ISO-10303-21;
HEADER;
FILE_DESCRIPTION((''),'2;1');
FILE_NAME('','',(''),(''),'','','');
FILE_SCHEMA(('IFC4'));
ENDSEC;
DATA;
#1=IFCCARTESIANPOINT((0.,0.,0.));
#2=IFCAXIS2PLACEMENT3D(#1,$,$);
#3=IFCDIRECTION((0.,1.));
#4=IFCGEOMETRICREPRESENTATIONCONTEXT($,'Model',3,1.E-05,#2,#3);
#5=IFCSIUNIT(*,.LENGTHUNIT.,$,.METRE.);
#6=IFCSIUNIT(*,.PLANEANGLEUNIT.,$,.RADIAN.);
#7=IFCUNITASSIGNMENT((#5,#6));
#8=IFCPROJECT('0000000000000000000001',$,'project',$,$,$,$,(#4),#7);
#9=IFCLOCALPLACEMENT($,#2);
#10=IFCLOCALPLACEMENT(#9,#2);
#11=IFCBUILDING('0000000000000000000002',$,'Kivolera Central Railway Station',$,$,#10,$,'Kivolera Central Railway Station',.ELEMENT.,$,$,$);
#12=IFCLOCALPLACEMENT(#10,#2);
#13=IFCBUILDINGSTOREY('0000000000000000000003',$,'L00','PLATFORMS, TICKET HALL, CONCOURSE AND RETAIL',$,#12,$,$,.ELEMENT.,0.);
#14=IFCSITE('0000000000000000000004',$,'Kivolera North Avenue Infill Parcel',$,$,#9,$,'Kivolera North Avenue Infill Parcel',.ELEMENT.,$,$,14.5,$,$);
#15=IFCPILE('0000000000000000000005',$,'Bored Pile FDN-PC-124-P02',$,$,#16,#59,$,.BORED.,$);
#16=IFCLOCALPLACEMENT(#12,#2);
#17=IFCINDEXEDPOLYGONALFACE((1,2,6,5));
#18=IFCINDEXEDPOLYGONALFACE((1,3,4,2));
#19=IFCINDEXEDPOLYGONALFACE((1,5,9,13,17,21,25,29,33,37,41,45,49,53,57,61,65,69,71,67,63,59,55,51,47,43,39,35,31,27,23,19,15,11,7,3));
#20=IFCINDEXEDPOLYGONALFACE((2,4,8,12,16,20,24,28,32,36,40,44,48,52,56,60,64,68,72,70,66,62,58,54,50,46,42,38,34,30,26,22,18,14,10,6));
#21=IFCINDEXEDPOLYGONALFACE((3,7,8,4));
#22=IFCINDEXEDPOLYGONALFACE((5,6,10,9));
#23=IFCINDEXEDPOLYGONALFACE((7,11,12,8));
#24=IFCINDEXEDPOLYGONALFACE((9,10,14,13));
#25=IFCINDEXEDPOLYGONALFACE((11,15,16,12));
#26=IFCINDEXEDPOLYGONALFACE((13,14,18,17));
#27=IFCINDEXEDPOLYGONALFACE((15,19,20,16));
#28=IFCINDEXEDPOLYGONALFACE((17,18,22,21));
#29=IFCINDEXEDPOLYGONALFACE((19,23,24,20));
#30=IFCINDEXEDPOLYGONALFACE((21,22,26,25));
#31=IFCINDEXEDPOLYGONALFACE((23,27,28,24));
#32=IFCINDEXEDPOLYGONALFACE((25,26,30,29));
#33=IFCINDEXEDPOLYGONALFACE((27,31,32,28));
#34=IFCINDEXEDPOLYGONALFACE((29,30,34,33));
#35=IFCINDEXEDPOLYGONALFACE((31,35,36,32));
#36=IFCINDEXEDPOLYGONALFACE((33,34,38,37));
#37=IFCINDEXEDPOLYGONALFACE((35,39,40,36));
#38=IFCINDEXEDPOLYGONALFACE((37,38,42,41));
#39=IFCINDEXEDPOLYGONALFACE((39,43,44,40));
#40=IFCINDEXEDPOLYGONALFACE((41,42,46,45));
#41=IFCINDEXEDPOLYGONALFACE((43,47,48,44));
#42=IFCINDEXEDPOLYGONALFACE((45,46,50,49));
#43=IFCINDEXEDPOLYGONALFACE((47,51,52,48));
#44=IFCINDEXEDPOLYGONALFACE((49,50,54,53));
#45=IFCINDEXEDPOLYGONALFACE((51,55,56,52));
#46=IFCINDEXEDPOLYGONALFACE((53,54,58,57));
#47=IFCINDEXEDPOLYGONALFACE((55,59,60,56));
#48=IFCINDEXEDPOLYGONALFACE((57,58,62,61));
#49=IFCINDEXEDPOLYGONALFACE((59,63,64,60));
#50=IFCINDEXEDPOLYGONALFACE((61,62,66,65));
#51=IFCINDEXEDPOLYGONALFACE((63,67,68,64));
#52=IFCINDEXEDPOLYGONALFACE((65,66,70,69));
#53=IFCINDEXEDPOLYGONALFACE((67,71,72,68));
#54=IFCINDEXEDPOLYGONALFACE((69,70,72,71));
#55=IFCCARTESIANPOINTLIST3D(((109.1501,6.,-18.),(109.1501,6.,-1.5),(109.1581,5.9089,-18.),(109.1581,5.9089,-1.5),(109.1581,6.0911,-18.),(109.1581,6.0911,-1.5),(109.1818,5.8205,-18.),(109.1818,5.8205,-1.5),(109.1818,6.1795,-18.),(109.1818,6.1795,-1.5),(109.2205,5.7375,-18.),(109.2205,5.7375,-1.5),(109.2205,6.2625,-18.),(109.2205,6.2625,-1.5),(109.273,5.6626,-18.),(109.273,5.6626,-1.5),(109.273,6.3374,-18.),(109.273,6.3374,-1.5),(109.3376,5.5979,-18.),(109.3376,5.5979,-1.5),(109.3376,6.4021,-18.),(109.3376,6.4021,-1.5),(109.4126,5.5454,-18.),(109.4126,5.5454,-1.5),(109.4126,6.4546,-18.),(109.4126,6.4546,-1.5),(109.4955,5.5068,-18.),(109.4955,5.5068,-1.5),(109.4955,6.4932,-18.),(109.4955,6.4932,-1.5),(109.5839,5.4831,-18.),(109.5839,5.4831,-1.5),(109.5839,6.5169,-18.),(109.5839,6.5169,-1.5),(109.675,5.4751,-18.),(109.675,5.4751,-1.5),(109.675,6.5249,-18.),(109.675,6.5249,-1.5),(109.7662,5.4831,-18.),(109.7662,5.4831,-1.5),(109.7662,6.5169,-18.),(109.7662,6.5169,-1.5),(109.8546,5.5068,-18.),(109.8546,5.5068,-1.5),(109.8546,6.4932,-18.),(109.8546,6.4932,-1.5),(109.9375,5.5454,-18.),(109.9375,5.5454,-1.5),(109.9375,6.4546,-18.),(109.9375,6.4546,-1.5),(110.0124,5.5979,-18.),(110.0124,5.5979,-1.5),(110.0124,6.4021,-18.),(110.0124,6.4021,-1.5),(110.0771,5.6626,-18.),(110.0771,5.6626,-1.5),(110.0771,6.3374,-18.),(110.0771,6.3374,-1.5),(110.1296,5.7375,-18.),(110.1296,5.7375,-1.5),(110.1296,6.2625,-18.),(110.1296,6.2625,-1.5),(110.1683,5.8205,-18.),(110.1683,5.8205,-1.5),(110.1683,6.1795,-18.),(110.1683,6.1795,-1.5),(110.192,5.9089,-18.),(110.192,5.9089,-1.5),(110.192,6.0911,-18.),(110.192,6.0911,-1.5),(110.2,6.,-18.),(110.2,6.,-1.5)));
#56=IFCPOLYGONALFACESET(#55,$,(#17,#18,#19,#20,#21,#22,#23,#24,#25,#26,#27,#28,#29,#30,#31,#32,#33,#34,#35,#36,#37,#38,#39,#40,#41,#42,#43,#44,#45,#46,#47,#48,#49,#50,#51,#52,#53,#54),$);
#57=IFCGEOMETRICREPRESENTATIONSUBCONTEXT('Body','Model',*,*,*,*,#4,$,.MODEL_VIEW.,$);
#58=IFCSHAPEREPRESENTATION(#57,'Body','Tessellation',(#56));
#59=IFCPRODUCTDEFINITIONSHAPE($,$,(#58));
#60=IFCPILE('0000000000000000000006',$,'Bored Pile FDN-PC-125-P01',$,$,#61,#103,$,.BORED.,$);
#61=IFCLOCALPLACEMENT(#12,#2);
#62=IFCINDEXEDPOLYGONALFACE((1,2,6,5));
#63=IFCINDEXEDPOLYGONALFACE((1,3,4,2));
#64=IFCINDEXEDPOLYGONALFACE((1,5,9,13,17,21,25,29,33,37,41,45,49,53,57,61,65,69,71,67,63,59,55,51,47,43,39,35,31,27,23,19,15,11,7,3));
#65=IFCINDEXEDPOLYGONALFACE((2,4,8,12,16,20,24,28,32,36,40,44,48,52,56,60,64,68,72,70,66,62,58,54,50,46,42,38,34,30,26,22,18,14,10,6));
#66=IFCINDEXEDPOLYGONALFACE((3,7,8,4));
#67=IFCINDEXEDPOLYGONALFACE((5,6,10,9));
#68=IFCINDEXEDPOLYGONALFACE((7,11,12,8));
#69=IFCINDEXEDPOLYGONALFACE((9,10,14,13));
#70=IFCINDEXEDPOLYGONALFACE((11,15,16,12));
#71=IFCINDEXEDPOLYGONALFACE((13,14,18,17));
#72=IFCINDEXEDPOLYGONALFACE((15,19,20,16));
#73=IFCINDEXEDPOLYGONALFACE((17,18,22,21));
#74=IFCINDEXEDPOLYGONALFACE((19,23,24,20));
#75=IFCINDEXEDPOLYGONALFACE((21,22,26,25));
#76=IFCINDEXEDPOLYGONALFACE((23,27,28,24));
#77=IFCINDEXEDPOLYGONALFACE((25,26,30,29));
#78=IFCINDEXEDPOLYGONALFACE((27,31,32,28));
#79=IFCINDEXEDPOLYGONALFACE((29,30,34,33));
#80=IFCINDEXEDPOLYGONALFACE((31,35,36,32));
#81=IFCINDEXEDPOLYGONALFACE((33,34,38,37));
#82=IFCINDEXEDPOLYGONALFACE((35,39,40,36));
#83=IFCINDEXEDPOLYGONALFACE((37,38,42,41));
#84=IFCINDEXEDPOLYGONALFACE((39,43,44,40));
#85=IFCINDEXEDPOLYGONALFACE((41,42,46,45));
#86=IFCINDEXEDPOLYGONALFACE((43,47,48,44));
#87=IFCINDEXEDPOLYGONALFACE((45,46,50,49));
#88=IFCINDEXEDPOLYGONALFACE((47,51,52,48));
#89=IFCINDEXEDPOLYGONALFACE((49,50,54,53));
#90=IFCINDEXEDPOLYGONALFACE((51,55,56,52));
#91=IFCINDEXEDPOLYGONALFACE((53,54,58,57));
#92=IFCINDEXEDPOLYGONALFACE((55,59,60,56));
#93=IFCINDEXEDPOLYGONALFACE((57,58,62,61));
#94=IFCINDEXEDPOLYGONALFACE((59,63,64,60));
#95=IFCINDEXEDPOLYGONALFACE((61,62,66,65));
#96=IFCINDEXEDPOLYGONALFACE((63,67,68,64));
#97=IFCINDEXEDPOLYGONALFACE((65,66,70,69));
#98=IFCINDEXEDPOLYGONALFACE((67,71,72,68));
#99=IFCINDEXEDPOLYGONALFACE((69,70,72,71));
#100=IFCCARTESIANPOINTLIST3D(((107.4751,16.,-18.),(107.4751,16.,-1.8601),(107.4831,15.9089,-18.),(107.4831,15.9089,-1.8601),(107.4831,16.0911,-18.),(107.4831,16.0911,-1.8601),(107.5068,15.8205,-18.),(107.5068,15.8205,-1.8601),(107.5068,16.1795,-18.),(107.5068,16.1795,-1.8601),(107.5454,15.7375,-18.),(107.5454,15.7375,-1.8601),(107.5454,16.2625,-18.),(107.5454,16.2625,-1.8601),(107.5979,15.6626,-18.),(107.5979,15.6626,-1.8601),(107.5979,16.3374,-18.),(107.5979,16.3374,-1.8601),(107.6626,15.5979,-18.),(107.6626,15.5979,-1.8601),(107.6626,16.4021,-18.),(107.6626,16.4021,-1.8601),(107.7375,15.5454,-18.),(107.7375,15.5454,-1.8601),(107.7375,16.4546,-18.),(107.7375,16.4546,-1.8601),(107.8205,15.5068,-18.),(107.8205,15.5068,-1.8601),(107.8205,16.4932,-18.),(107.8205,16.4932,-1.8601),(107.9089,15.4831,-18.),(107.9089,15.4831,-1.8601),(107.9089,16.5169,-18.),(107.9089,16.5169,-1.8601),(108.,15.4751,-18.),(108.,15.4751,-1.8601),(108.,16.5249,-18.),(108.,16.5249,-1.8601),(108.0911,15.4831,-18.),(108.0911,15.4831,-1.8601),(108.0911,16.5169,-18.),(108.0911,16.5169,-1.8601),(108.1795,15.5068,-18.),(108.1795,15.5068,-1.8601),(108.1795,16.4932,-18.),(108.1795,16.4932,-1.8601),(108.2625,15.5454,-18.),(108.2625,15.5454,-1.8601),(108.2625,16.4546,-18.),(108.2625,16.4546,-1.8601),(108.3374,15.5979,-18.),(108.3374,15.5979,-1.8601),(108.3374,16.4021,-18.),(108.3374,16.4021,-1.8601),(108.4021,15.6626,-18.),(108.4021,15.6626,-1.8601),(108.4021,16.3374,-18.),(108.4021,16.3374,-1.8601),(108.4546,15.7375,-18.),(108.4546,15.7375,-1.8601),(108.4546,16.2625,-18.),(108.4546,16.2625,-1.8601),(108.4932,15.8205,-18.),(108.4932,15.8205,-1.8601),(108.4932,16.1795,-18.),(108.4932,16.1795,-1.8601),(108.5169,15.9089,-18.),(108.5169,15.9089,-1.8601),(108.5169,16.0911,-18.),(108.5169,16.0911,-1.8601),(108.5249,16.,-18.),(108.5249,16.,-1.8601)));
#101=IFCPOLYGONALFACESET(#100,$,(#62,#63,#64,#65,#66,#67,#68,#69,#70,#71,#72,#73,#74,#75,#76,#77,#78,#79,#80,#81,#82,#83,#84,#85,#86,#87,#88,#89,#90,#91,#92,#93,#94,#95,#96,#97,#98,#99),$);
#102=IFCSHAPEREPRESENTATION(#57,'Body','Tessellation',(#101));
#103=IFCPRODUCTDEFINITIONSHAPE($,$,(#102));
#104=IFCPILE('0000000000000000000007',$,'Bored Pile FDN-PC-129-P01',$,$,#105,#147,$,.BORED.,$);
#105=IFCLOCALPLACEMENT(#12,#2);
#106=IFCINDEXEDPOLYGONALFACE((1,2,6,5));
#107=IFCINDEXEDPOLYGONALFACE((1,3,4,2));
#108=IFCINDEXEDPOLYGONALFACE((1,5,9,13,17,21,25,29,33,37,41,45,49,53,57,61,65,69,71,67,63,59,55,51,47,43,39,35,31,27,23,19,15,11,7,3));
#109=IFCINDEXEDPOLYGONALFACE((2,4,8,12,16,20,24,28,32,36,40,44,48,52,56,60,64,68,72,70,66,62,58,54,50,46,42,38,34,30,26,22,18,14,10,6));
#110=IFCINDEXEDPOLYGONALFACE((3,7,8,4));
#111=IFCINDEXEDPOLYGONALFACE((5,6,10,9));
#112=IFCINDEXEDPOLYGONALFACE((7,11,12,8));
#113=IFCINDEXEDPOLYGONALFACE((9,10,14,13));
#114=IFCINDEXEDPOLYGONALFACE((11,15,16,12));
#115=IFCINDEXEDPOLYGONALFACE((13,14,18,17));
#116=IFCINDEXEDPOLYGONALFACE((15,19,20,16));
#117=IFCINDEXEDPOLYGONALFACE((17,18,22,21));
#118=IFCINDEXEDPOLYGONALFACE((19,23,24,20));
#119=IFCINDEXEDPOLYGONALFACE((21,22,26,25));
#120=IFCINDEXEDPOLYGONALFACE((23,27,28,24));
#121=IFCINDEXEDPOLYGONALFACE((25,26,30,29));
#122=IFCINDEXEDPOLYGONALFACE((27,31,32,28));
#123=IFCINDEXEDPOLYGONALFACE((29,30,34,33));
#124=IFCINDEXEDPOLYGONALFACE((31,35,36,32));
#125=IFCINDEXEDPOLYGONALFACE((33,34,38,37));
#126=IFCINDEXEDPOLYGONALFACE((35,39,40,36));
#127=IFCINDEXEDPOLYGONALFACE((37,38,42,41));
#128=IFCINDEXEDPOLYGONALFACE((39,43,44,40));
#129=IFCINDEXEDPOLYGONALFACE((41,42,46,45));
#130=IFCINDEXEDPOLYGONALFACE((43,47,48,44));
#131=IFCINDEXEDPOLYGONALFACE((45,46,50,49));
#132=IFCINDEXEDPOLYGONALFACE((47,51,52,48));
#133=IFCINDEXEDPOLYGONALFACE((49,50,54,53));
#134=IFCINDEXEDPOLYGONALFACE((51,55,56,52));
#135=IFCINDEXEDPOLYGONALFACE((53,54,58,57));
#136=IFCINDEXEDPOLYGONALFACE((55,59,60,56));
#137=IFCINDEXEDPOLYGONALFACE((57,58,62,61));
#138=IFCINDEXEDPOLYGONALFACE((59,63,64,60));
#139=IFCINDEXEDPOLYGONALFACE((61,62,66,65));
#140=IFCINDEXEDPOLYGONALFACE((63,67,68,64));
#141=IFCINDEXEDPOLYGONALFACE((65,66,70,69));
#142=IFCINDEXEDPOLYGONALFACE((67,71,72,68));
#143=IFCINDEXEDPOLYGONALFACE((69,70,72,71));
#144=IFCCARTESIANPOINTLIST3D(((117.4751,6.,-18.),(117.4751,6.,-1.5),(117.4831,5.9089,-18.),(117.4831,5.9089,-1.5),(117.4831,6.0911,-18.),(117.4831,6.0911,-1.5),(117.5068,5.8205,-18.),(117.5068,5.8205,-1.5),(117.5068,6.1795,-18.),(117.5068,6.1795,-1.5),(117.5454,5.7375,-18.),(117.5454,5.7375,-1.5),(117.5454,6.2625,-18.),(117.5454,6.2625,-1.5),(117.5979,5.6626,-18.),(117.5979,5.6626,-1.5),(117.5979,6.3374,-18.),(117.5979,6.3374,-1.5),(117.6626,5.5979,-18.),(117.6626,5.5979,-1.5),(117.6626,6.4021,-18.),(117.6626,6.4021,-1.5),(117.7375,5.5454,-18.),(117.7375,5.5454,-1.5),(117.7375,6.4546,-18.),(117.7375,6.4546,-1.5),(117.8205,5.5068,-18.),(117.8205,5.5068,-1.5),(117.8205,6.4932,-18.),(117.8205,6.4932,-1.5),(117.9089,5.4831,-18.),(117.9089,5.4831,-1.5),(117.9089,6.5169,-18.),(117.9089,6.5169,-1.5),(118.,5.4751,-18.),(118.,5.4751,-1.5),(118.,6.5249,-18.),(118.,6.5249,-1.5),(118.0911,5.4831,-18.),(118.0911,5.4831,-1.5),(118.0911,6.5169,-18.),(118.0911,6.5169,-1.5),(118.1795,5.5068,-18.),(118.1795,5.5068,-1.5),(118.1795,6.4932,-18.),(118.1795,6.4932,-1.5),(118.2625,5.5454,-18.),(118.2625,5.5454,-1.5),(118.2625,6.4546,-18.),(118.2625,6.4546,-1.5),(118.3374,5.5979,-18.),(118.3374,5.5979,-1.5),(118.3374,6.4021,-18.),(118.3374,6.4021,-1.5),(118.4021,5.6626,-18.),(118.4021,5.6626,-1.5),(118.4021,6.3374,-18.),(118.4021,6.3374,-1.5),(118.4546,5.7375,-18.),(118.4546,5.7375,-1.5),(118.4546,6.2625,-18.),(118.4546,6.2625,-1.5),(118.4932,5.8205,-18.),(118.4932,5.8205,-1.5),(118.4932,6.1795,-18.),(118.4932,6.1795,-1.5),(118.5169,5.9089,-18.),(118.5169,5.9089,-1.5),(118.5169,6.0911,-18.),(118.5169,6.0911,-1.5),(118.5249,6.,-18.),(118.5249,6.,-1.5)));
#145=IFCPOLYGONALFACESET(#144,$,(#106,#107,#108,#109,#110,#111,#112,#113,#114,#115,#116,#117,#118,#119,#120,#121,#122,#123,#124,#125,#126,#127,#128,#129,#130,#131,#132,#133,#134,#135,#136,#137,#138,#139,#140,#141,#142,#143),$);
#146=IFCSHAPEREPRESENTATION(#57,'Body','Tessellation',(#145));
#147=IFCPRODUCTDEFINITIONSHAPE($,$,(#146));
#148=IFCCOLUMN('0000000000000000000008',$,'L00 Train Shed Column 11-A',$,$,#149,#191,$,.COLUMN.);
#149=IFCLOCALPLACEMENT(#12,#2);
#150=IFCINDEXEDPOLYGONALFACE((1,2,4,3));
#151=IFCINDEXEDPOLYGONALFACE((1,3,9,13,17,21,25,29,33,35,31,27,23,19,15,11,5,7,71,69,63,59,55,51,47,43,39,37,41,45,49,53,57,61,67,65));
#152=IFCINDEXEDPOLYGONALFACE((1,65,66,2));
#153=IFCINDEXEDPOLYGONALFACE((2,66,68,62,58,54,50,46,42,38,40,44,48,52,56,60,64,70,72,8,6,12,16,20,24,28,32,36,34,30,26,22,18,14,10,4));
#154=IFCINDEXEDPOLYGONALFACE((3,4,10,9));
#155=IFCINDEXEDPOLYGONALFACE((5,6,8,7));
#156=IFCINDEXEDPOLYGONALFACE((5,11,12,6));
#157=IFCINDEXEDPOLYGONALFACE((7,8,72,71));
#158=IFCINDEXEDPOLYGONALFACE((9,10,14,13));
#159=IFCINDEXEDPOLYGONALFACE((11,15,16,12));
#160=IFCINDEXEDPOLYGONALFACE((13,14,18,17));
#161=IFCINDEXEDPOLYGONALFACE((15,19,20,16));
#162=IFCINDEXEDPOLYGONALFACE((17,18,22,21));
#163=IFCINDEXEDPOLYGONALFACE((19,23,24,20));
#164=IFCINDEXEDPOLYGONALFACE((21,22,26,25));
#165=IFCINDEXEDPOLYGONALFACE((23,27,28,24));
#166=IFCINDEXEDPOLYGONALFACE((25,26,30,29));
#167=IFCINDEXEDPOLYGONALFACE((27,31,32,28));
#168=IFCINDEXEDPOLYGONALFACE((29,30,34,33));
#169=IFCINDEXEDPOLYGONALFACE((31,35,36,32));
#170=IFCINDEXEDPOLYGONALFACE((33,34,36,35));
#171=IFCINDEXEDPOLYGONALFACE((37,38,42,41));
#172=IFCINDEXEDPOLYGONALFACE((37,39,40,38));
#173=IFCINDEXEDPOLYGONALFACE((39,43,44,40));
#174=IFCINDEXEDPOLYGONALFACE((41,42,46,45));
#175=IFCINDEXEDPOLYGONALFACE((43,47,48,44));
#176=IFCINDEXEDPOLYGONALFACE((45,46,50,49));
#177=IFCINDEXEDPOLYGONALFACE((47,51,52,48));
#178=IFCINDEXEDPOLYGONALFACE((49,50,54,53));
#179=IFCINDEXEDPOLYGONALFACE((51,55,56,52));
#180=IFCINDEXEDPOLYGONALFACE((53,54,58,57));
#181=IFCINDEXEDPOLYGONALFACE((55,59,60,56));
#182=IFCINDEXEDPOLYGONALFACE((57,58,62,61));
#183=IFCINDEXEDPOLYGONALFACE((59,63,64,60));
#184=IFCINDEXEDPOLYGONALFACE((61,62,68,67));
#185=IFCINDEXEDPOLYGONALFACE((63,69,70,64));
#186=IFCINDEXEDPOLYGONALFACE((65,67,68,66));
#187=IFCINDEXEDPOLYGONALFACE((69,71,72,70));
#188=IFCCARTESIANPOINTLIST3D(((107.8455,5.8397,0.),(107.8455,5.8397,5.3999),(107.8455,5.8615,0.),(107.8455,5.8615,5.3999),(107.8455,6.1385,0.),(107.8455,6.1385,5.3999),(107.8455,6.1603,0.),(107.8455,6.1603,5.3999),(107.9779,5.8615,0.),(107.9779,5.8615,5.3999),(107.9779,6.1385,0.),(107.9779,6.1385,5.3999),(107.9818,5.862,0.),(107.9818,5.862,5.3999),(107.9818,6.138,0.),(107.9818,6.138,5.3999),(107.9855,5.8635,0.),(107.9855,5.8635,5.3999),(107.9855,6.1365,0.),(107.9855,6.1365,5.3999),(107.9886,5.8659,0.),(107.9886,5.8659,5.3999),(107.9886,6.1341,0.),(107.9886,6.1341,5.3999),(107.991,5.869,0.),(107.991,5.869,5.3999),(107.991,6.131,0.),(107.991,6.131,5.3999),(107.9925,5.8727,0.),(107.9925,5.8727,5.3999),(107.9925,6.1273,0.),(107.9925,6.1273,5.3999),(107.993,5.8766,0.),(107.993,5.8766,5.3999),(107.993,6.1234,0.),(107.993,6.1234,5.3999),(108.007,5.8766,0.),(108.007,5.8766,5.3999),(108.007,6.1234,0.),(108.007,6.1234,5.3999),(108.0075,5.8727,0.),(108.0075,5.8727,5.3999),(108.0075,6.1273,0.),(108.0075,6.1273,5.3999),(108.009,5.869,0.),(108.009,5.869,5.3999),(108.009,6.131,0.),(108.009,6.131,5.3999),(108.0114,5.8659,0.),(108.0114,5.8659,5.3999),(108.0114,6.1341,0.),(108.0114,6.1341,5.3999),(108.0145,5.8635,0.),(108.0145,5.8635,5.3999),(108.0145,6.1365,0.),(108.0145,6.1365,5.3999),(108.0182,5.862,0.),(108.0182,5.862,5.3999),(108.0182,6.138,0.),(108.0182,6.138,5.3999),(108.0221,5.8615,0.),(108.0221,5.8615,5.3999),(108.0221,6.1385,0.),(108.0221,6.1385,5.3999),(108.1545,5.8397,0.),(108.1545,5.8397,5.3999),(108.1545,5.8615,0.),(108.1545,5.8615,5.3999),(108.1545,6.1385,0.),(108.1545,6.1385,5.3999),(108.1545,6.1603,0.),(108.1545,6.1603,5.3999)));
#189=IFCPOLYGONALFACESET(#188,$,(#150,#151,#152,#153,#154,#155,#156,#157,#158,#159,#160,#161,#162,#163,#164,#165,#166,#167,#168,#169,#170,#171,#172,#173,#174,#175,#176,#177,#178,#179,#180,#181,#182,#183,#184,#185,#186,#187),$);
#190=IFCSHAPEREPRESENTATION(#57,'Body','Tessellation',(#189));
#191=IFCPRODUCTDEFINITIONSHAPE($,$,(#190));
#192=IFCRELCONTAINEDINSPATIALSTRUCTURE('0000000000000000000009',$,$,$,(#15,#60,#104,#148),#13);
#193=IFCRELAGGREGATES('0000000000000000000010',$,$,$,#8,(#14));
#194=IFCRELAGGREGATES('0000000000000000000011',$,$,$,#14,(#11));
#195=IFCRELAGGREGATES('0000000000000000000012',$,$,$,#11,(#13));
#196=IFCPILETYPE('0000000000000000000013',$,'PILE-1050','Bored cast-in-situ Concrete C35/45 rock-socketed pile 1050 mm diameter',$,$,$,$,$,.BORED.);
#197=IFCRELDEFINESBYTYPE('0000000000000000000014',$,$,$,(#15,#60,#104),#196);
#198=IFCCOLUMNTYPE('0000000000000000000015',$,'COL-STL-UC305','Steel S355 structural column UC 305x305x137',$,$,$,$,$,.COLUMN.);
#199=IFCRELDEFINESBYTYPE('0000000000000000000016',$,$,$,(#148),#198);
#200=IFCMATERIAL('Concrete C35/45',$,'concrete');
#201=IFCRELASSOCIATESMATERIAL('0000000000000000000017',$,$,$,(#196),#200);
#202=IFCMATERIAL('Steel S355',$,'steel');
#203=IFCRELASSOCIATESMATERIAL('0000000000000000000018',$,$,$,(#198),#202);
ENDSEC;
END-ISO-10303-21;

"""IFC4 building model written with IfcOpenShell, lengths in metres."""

from ifc_helpers import new_model, si_unit, direction, frame, origin, origin_2d, place, context, subcontext, project, spatial, circle, i_section, extrude, material, material_profile, profile_set, type_object, element, save


model = new_model("IFC4")

# Units and contexts
model_context = context("Model", 3, precision=1e-05, world=origin(), true_north=direction((0.0, 1.0)))
body_context = subcontext(model_context, "Body", "Model", "MODEL_VIEW")
ifc_project = project(units=[si_unit("LENGTHUNIT", "METRE"), si_unit("PLANEANGLEUNIT", "RADIAN")], contexts=[model_context])

# Site, building, storey
site_placement = place(None, origin())
site = spatial("IfcSite", under=ifc_project, at=site_placement, Name="Kivolera North Avenue Infill Parcel", LongName="Kivolera North Avenue Infill Parcel", CompositionType="ELEMENT", RefElevation=14.5)
building_placement = place(site_placement, origin())
building = spatial("IfcBuilding", under=site, at=building_placement, Name="Kivolera Central Railway Station", LongName="Kivolera Central Railway Station", CompositionType="ELEMENT")
storey_placement = place(building_placement, origin())
storey = spatial("IfcBuildingStorey", under=building, at=storey_placement, Name="L00", Description="PLATFORMS, TICKET HALL, CONCOURSE AND RETAIL", CompositionType="ELEMENT", Elevation=0.0)

# Shared definitions
ifc_material_1 = material(Name="Concrete C35/45", Category="concrete")

# Piles
ifc_material_profile_1 = material_profile(ifc_material_1, circle(Radius=0.5249, at=origin_2d()), Name="PILE D1050")
ifc_profile_set_1 = profile_set([ifc_material_profile_1], Name="Concrete C35/45")
pile_type = type_object("IfcPileType", Name="PILE-1050", Description="Bored cast-in-situ Concrete C35/45 rock-socketed pile 1050 mm diameter", PredefinedType="BORED", material=ifc_profile_set_1)
for number, where, z_axis, x_axis, name in (
    (1, (109.675, 6.0, -1.5), (0.0, 0.0, -1.0), (1.0, 0.0, 0.0), "Bored Pile FDN-PC-124-P02"),
):
    element("IfcPile", number, at=place(storey_placement, frame(where, z_axis=z_axis, x_axis=x_axis)), inside=storey, type_object=pile_type, Name=name, PredefinedType="BORED", context=body_context, shape_type="SweptSolid", body=[
        extrude(circle(Radius=0.5249, at=origin_2d()), origin(), (0.0, 0.0, 1.0), 16.5),
    ])
pile_1_placement = place(storey_placement, frame((108.0, 16.0, -1.8601), z_axis=(0.0, 0.0, -1.0), x_axis=(1.0, 0.0, 0.0)))
element("IfcPile", 2, at=pile_1_placement, inside=storey, type_object=pile_type, Name="Bored Pile FDN-PC-125-P01", PredefinedType="BORED", context=body_context, shape_type="SweptSolid", body=[
    extrude(circle(Radius=0.5249, at=origin_2d()), origin(), (0.0, 0.0, 1.0), 16.1399),
])
pile_2_placement = place(storey_placement, frame((118.0, 6.0, -1.5), z_axis=(0.0, 0.0, -1.0), x_axis=(1.0, 0.0, 0.0)))
element("IfcPile", 3, at=pile_2_placement, inside=storey, type_object=pile_type, Name="Bored Pile FDN-PC-129-P01", PredefinedType="BORED", context=body_context, shape_type="SweptSolid", body=[
    extrude(circle(Radius=0.5249, at=origin_2d()), origin(), (0.0, 0.0, 1.0), 16.5),
])

# Column
ifc_material_2 = material(Name="Steel S355", Category="steel")
ifc_material_profile_2 = material_profile(ifc_material_2, i_section(OverallWidth=0.3091, OverallDepth=0.3206, WebThickness=0.0139, FlangeThickness=0.0217, FilletRadius=0.0151, at=origin_2d()), Name="UC 305x305x137")
ifc_profile_set_2 = profile_set([ifc_material_profile_2], Name="Steel S355")
column_type = type_object("IfcColumnType", Name="COL-STL-UC305", Description="Steel S355 structural column UC 305x305x137", PredefinedType="COLUMN", material=ifc_profile_set_2)
for number, where, z_axis, x_axis, name in (
    (4, (108.0, 6.0, 0.0), (0.0, 0.0, 1.0), (1.0, 0.0, 0.0), "L00 Train Shed Column 11-A"),
):
    element("IfcColumn", number, at=place(storey_placement, frame(where, z_axis=z_axis, x_axis=x_axis)), inside=storey, type_object=column_type, Name=name, PredefinedType="COLUMN", context=body_context, shape_type="SweptSolid", body=[
        extrude(i_section(OverallWidth=0.3091, OverallDepth=0.3206, WebThickness=0.0139, FlangeThickness=0.0217, FilletRadius=0.0151, at=origin_2d()), origin(), (0.0, 0.0, 1.0), 5.3999),
    ])

save(model, "model.ifc")
